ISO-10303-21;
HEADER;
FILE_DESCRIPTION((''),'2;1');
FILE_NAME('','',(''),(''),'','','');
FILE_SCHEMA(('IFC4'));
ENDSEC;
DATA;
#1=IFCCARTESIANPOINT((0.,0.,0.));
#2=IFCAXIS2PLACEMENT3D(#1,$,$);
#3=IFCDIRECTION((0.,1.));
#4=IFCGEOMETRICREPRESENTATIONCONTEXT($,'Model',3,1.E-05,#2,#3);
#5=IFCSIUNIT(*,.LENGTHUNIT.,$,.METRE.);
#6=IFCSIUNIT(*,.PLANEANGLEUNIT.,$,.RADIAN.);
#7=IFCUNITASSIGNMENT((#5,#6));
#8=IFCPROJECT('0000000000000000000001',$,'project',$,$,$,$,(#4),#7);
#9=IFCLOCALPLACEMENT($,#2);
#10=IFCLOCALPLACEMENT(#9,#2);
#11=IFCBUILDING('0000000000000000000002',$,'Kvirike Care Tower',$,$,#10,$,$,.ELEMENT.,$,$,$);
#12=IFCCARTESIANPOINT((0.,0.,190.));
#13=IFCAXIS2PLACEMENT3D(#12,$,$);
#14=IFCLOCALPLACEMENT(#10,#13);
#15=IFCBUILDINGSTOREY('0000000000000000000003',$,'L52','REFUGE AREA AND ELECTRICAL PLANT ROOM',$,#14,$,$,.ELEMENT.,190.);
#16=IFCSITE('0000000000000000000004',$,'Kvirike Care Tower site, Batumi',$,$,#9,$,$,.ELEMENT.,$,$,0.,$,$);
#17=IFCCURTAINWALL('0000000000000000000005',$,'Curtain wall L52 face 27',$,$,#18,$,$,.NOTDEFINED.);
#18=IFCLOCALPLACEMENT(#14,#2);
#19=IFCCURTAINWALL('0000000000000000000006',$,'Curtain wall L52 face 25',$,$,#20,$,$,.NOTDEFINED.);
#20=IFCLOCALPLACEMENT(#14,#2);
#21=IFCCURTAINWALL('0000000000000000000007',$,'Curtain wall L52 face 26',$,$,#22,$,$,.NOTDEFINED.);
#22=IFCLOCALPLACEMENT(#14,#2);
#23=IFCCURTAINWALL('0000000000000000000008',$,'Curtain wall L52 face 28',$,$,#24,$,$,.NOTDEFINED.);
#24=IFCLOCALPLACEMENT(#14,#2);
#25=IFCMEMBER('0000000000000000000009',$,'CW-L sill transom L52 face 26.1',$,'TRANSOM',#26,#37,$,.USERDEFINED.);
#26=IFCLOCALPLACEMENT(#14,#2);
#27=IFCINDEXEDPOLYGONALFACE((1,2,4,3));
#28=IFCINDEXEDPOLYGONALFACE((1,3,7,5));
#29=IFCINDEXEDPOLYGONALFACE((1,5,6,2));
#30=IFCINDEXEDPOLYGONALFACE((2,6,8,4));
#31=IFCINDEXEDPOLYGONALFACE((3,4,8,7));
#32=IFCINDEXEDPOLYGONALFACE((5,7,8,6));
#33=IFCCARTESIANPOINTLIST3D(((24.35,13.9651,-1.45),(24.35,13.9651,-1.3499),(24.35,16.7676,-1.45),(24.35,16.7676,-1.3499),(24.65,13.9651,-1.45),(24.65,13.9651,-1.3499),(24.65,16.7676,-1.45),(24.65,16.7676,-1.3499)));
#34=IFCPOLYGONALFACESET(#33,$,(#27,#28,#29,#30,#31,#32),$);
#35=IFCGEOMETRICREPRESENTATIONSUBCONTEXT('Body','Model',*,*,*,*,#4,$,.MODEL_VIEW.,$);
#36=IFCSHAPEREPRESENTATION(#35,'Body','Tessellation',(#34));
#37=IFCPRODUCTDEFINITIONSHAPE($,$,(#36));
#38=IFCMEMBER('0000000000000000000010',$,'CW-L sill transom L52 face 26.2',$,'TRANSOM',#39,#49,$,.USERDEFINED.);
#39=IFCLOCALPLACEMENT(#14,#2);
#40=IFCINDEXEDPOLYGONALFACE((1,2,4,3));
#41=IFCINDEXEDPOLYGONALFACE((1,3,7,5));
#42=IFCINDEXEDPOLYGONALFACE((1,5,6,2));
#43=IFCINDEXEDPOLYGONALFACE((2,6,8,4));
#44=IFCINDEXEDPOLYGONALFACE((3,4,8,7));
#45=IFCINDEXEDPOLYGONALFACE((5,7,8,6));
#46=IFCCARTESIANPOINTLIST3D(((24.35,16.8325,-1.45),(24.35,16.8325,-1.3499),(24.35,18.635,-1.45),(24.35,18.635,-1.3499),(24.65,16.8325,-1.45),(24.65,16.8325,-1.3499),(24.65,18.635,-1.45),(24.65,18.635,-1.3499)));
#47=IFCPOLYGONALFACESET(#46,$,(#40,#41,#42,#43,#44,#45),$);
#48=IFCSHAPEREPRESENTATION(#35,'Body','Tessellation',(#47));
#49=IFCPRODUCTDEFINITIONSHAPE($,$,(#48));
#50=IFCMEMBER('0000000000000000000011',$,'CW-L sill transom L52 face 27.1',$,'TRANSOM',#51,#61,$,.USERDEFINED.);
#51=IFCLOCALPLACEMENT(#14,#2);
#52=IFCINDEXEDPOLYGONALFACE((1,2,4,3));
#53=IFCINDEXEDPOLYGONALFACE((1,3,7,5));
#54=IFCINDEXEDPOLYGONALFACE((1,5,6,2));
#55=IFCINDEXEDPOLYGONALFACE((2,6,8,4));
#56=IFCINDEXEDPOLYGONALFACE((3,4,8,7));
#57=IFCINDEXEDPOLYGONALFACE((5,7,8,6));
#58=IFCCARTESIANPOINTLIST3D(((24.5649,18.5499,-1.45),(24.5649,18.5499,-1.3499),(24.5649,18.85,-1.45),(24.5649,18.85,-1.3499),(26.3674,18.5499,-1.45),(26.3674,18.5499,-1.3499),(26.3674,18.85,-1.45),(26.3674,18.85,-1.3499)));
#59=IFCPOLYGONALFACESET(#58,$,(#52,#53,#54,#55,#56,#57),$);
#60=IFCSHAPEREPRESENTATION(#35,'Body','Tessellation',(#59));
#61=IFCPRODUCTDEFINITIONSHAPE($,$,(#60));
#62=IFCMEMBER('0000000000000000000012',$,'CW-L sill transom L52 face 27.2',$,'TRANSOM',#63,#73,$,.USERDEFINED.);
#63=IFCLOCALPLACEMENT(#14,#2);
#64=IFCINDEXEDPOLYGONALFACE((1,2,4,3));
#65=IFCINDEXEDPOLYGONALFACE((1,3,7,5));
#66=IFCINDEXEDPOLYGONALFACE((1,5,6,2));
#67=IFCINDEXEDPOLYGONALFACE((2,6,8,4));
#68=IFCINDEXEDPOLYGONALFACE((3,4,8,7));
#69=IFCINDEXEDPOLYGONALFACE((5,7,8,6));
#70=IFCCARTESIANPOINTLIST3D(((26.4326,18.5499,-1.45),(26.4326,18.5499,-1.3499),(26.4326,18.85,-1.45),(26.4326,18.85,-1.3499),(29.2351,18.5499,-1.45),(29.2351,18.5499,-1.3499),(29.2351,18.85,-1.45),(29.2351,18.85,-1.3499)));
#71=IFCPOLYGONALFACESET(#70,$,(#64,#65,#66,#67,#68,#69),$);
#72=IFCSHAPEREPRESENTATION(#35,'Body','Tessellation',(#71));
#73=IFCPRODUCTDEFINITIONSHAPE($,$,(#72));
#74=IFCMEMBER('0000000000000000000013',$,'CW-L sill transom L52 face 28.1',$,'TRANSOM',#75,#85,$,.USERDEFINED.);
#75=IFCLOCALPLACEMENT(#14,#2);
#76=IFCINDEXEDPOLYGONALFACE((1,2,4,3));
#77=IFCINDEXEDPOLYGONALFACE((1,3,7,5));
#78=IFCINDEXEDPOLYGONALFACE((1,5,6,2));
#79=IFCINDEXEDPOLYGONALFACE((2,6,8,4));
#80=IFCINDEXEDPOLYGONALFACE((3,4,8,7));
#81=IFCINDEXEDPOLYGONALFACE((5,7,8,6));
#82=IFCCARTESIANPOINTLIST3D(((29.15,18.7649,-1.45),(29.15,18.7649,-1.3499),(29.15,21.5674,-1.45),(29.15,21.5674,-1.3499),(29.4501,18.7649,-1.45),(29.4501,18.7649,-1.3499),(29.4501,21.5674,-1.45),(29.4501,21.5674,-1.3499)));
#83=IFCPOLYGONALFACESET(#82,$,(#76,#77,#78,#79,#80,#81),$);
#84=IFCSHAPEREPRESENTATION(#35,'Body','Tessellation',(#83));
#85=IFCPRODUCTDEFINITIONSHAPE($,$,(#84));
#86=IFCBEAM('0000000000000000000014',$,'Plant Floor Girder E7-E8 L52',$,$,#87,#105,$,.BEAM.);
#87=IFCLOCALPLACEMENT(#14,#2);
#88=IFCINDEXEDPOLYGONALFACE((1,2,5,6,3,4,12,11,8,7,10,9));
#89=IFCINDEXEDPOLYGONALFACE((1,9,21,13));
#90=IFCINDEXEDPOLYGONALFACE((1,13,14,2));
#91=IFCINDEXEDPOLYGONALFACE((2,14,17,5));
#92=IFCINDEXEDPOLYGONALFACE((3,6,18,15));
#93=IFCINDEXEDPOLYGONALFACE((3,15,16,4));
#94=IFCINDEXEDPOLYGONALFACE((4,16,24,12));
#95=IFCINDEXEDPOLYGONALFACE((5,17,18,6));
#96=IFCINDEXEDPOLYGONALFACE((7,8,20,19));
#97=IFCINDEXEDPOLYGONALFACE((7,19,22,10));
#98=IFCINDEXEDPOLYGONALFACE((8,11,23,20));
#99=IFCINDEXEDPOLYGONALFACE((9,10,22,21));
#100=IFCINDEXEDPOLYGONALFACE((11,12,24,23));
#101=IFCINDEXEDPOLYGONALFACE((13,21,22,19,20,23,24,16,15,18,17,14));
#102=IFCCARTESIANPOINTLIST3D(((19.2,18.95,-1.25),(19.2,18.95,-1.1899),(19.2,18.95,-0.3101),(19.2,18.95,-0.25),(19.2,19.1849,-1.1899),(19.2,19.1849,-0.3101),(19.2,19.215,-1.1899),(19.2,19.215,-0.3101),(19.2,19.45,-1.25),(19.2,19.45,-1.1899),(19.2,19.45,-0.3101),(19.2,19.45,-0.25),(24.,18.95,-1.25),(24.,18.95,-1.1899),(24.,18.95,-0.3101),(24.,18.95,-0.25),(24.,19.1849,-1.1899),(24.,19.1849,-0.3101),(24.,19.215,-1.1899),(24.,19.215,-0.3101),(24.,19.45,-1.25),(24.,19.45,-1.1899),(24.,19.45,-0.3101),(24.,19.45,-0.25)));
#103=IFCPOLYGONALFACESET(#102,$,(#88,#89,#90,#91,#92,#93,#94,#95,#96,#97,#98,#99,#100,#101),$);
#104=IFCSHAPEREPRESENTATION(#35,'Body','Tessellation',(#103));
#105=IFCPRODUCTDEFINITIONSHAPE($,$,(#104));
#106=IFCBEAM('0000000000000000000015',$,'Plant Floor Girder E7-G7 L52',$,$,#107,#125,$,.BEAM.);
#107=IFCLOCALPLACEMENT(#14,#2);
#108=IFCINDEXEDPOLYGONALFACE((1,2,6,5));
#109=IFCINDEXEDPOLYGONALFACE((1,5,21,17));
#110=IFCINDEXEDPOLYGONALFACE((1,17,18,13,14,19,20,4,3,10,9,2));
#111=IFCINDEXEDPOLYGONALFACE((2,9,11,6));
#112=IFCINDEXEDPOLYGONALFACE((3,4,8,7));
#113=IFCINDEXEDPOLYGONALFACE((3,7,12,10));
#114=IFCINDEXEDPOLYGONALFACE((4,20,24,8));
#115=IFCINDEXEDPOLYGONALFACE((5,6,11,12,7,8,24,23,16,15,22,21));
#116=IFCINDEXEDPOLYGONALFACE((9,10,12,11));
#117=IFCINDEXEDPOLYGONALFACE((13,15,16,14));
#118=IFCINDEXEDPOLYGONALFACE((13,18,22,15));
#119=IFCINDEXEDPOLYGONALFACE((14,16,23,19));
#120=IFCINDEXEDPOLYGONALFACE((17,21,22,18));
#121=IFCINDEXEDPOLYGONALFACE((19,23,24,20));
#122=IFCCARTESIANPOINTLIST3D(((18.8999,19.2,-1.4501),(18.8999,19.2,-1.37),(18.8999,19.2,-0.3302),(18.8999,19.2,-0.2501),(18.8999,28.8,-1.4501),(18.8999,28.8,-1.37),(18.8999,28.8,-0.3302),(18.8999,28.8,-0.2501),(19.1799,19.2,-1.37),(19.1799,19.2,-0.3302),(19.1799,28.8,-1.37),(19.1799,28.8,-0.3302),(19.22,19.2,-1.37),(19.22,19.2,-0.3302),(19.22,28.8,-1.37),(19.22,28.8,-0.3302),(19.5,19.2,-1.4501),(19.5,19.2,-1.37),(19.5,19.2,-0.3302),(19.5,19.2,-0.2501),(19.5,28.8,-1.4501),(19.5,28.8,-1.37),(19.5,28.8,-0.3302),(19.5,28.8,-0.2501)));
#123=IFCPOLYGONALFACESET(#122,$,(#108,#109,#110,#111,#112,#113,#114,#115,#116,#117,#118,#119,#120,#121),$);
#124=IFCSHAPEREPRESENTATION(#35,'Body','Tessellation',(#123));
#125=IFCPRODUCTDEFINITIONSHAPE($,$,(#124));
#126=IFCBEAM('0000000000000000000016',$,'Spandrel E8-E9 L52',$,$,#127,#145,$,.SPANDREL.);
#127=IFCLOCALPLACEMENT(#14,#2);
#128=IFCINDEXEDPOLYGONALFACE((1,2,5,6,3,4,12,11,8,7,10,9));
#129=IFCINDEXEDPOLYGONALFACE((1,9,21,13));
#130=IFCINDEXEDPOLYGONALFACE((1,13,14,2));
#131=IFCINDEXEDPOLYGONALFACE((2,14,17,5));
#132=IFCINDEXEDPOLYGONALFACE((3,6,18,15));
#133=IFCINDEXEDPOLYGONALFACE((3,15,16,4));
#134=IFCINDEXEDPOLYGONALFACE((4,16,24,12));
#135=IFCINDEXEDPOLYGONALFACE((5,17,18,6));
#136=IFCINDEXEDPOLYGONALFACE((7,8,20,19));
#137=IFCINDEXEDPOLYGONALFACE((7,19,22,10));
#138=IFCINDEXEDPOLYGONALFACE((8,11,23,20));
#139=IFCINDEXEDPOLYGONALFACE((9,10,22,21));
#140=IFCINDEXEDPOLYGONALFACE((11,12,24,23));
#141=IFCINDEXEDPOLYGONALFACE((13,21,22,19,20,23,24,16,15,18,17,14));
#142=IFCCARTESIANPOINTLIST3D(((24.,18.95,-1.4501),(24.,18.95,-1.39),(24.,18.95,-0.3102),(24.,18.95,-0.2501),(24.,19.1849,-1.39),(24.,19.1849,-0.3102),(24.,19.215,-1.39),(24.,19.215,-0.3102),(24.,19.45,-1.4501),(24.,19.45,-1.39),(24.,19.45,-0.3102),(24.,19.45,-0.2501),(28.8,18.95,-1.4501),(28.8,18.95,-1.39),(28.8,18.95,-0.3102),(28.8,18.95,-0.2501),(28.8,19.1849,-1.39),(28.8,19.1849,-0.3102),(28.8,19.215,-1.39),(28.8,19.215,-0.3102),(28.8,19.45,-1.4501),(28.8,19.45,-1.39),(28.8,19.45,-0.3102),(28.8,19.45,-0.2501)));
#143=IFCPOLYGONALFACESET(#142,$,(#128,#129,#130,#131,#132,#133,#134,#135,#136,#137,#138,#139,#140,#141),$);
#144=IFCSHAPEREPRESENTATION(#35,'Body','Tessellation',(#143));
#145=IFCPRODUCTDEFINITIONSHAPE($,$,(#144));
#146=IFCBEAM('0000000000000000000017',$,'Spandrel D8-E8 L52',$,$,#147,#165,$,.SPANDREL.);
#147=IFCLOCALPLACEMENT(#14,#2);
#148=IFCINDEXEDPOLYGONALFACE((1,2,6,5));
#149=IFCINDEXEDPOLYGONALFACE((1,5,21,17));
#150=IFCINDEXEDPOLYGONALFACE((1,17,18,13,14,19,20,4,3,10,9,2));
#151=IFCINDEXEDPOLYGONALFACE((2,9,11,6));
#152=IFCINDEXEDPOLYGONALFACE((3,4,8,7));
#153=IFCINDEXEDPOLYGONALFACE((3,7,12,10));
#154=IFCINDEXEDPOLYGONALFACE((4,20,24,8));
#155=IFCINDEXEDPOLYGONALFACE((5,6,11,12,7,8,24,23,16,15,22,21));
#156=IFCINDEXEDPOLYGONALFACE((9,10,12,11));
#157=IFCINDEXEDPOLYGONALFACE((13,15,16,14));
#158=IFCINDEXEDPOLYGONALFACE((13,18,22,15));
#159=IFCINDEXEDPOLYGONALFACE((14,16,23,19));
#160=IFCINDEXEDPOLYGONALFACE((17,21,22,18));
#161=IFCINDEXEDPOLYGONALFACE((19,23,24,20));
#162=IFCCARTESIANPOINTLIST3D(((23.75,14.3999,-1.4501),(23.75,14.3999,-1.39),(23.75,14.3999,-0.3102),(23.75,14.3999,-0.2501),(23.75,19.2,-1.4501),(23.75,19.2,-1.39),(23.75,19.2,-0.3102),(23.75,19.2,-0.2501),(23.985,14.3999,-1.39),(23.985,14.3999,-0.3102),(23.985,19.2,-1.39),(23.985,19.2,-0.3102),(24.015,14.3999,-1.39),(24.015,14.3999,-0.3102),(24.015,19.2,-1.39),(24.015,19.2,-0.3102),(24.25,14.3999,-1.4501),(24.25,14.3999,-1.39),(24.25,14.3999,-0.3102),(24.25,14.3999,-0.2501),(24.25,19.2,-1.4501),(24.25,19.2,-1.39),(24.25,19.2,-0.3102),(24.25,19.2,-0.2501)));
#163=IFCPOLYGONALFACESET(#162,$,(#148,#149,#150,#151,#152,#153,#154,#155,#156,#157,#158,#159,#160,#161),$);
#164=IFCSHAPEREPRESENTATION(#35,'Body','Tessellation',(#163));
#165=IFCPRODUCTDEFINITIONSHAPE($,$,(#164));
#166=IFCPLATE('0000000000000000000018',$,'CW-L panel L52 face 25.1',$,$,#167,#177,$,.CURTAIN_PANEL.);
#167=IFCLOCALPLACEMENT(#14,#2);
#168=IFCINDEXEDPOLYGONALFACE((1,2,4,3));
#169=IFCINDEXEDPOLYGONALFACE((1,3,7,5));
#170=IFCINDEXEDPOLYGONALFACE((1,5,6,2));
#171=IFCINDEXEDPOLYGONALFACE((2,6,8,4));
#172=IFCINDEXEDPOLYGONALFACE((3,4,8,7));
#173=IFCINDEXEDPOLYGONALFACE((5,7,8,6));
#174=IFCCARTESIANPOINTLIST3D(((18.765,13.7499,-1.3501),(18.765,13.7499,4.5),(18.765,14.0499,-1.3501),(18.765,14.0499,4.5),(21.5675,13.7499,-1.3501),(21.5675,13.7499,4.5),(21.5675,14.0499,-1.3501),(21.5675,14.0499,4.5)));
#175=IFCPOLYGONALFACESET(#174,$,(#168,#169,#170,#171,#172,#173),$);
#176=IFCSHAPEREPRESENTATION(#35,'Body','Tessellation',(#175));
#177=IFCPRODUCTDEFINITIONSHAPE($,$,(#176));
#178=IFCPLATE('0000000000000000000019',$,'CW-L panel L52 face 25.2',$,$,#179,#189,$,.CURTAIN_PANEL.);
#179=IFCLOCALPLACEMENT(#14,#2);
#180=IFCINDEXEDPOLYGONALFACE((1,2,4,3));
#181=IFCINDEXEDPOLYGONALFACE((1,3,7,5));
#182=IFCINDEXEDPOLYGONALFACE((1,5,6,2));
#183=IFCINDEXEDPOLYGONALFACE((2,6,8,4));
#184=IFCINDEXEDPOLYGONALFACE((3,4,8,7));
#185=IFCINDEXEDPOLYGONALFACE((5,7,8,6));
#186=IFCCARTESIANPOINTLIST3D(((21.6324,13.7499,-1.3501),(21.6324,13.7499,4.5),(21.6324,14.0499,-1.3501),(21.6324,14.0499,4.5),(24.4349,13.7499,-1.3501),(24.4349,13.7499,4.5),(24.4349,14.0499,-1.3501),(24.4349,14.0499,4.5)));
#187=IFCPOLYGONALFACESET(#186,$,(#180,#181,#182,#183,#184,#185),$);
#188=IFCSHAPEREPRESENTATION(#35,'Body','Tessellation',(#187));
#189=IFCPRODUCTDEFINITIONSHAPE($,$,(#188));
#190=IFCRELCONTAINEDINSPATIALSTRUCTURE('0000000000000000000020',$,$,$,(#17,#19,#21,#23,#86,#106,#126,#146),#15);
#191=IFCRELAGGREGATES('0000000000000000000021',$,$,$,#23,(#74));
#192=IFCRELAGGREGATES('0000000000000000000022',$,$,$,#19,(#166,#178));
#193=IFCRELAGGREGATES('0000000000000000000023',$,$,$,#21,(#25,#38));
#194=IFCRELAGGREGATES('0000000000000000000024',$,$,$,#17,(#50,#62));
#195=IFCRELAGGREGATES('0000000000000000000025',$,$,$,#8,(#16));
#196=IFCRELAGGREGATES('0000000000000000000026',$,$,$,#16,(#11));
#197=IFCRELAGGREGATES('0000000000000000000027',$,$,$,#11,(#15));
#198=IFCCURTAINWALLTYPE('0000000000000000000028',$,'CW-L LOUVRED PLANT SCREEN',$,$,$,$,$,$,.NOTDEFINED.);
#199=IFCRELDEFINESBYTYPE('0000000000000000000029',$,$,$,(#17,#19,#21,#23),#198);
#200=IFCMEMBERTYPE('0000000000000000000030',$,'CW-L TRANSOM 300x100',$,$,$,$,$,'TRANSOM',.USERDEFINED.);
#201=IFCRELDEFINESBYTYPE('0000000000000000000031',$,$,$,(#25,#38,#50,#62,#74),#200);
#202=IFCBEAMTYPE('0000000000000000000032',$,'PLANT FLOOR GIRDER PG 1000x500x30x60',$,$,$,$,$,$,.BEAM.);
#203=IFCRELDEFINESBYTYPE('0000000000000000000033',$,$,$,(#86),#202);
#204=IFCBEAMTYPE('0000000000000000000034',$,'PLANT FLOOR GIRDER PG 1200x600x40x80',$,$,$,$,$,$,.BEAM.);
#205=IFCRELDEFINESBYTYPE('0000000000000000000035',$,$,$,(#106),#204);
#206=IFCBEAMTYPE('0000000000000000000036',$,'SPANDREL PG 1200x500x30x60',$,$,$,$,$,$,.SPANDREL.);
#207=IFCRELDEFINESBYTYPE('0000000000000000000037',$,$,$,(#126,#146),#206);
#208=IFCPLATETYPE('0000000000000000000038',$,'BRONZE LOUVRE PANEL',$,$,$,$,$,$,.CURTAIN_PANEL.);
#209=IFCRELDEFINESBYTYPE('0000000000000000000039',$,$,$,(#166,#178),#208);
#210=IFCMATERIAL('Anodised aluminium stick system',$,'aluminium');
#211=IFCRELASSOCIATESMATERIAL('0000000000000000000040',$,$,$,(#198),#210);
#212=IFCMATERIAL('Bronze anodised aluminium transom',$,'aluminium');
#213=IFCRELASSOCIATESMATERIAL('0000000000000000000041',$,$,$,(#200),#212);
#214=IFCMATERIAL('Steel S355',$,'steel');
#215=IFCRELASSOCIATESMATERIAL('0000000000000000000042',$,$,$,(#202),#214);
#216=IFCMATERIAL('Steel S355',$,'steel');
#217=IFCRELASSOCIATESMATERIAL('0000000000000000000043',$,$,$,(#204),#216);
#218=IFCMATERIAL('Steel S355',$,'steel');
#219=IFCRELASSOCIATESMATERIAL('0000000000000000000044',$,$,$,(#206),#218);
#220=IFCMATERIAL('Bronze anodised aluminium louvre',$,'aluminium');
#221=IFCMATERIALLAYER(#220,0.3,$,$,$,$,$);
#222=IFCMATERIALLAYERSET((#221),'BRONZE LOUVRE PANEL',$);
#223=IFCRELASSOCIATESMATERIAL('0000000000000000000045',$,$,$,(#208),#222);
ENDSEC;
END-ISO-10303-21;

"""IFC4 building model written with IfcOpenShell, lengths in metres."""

from ifc_helpers import new_model, si_unit, direction, frame, origin, origin_2d, place, context, subcontext, project, spatial, rectangle, i_section, extrude, material, layer, layer_set, material_profile, profile_set, type_object, element, aggregate, save


model = new_model("IFC4")

# Units and contexts
model_context = context("Model", 3, precision=1e-05, world=origin(), true_north=direction((0.0, 1.0)))
body_context = subcontext(model_context, "Body", "Model", "MODEL_VIEW")
ifc_project = project(units=[si_unit("LENGTHUNIT", "METRE"), si_unit("PLANEANGLEUNIT", "RADIAN")], contexts=[model_context])

# Site, building, storey
site_placement = place(None, origin())
site = spatial("IfcSite", under=ifc_project, at=site_placement, Name="Kvirike Care Tower site, Batumi", CompositionType="ELEMENT", RefElevation=0.0)
building_placement = place(site_placement, origin())
building = spatial("IfcBuilding", under=site, at=building_placement, Name="Kvirike Care Tower", CompositionType="ELEMENT")
storey_placement = place(building_placement, frame((0.0, 0.0, 190.0)))
storey = spatial("IfcBuildingStorey", under=building, at=storey_placement, Name="L52", Description="REFUGE AREA AND ELECTRICAL PLANT ROOM", CompositionType="ELEMENT", Elevation=190.0)

# Curtain wall
ifc_material_1 = material(Name="Anodised aluminium stick system", Category="aluminium")
curtain_wall_type = type_object("IfcCurtainWallType", Name="CW-L LOUVRED PLANT SCREEN", PredefinedType="NOTDEFINED", material=ifc_material_1)
curtain_wall_1_placement = place(storey_placement, origin())
curtain_wall_1 = element("IfcCurtainWall", 1, at=curtain_wall_1_placement, inside=storey, type_object=curtain_wall_type, Name="Curtain wall L52 face 27", PredefinedType="NOTDEFINED")

# Curtain walls
curtain_wall_2_placement = place(storey_placement, origin())
curtain_wall_2 = element("IfcCurtainWall", 2, at=curtain_wall_2_placement, inside=storey, type_object=curtain_wall_type, Name="Curtain wall L52 face 25", PredefinedType="NOTDEFINED")
curtain_wall_3_placement = place(storey_placement, origin())
curtain_wall_3 = element("IfcCurtainWall", 3, at=curtain_wall_3_placement, inside=storey, type_object=curtain_wall_type, Name="Curtain wall L52 face 26", PredefinedType="NOTDEFINED")

# Curtain wall
curtain_wall_4_placement = place(storey_placement, origin())
curtain_wall_4 = element("IfcCurtainWall", 4, at=curtain_wall_4_placement, inside=storey, type_object=curtain_wall_type, Name="Curtain wall L52 face 28", PredefinedType="NOTDEFINED")

# Members
ifc_material_2 = material(Name="Bronze anodised aluminium transom", Category="aluminium")
ifc_material_profile_1 = material_profile(ifc_material_2, rectangle(XDim=0.3, YDim=0.1001, at=origin_2d()), Name="CW-L TRANSOM 300x100")
ifc_profile_set_1 = profile_set([ifc_material_profile_1], Name="Bronze anodised aluminium transom")
member_type_1 = type_object("IfcMemberType", Name="CW-L TRANSOM 300x100", ElementType="TRANSOM", PredefinedType="USERDEFINED", material=ifc_profile_set_1)
member_1_placement = place(storey_placement, frame((24.5, 13.9651, -1.3999), z_axis=(0.0, 1.0, 0.0), x_axis=(-1.0, 0.0, 0.0)))
member_1 = element("IfcMember", 5, at=member_1_placement, type_object=member_type_1, Name="CW-L sill transom L52 face 26.1", ObjectType="TRANSOM", PredefinedType="USERDEFINED", context=body_context, shape_type="SweptSolid", body=[
    extrude(rectangle(XDim=0.3, YDim=0.1001, at=origin_2d()), origin(), (0.0, 0.0, 1.0), 2.8025),
])
member_2_placement = place(storey_placement, frame((24.5, 16.8325, -1.3999), z_axis=(0.0, 1.0, 0.0), x_axis=(-1.0, 0.0, 0.0)))
member_2 = element("IfcMember", 6, at=member_2_placement, type_object=member_type_1, Name="CW-L sill transom L52 face 26.2", ObjectType="TRANSOM", PredefinedType="USERDEFINED", context=body_context, shape_type="SweptSolid", body=[
    extrude(rectangle(XDim=0.3, YDim=0.1001, at=origin_2d()), origin(), (0.0, 0.0, 1.0), 1.8025),
])
member_3_placement = place(storey_placement, frame((24.5649, 18.7, -1.3999), z_axis=(1.0, 0.0, 0.0), x_axis=(0.0, 1.0, 0.0)))
member_3 = element("IfcMember", 7, at=member_3_placement, type_object=member_type_1, Name="CW-L sill transom L52 face 27.1", ObjectType="TRANSOM", PredefinedType="USERDEFINED", context=body_context, shape_type="SweptSolid", body=[
    extrude(rectangle(XDim=0.3, YDim=0.1001, at=origin_2d()), origin(), (0.0, 0.0, 1.0), 1.8025),
])
member_4_placement = place(storey_placement, frame((26.4326, 18.7, -1.3999), z_axis=(1.0, 0.0, 0.0), x_axis=(0.0, 1.0, 0.0)))
member_4 = element("IfcMember", 8, at=member_4_placement, type_object=member_type_1, Name="CW-L sill transom L52 face 27.2", ObjectType="TRANSOM", PredefinedType="USERDEFINED", context=body_context, shape_type="SweptSolid", body=[
    extrude(rectangle(XDim=0.3, YDim=0.1001, at=origin_2d()), origin(), (0.0, 0.0, 1.0), 2.8025),
])
member_5_placement = place(storey_placement, frame((29.3, 18.7649, -1.3999), z_axis=(0.0, 1.0, 0.0), x_axis=(-1.0, 0.0, 0.0)))
member_5 = element("IfcMember", 9, at=member_5_placement, type_object=member_type_1, Name="CW-L sill transom L52 face 28.1", ObjectType="TRANSOM", PredefinedType="USERDEFINED", context=body_context, shape_type="SweptSolid", body=[
    extrude(rectangle(XDim=0.3, YDim=0.1001, at=origin_2d()), origin(), (0.0, 0.0, 1.0), 2.8025),
])
aggregate(curtain_wall_4, [member_5])

# Beams
ifc_material_3 = material(Name="Steel S355", Category="steel")
ifc_material_profile_2 = material_profile(ifc_material_3, i_section(OverallWidth=0.5, OverallDepth=1.0, WebThickness=0.03, FlangeThickness=0.0601, at=origin_2d()), Name="PG 1000x500x30x60")
ifc_profile_set_2 = profile_set([ifc_material_profile_2], Name="Steel S355")
beam_type_1 = type_object("IfcBeamType", Name="PLANT FLOOR GIRDER PG 1000x500x30x60", PredefinedType="BEAM", material=ifc_profile_set_2)
beam_1_placement = place(storey_placement, frame((19.2, 19.2, -0.75), z_axis=(1.0, 0.0, 0.0), x_axis=(0.0, 1.0, 0.0)))
element("IfcBeam", 10, at=beam_1_placement, inside=storey, type_object=beam_type_1, Name="Plant Floor Girder E7-E8 L52", PredefinedType="BEAM", context=body_context, shape_type="SweptSolid", body=[
    extrude(i_section(OverallWidth=0.5, OverallDepth=1.0, WebThickness=0.03, FlangeThickness=0.0601, at=origin_2d()), origin(), (0.0, 0.0, 1.0), 4.8),
])
ifc_material_4 = material(Name="Steel S355", Category="steel")
ifc_material_profile_3 = material_profile(ifc_material_4, i_section(OverallWidth=0.6001, OverallDepth=1.2, WebThickness=0.04, FlangeThickness=0.0801, at=origin_2d()), Name="PG 1200x600x40x80")
ifc_profile_set_3 = profile_set([ifc_material_profile_3], Name="Steel S355")
beam_type_2 = type_object("IfcBeamType", Name="PLANT FLOOR GIRDER PG 1200x600x40x80", PredefinedType="BEAM", material=ifc_profile_set_3)
beam_2_placement = place(storey_placement, frame((19.2, 19.2, -0.8501), z_axis=(0.0, 1.0, 0.0), x_axis=(-1.0, 0.0, 0.0)))
element("IfcBeam", 11, at=beam_2_placement, inside=storey, type_object=beam_type_2, Name="Plant Floor Girder E7-G7 L52", PredefinedType="BEAM", context=body_context, shape_type="SweptSolid", body=[
    extrude(i_section(OverallWidth=0.6001, OverallDepth=1.2, WebThickness=0.04, FlangeThickness=0.0801, at=origin_2d()), origin(), (0.0, 0.0, 1.0), 9.6001),
])
ifc_material_5 = material(Name="Steel S355", Category="steel")
ifc_material_profile_4 = material_profile(ifc_material_5, i_section(OverallWidth=0.5, OverallDepth=1.2, WebThickness=0.03, FlangeThickness=0.0601, at=origin_2d()), Name="PG 1200x500x30x60")
ifc_profile_set_4 = profile_set([ifc_material_profile_4], Name="Steel S355")
beam_type_3 = type_object("IfcBeamType", Name="SPANDREL PG 1200x500x30x60", PredefinedType="SPANDREL", material=ifc_profile_set_4)
for number, where, z_axis, x_axis, name in (
    (12, (24.0, 19.2, -0.8501), (1.0, 0.0, 0.0), (0.0, 1.0, 0.0), "Spandrel E8-E9 L52"),
    (13, (24.0, 14.3999, -0.8501), (0.0, 1.0, 0.0), (-1.0, 0.0, 0.0), "Spandrel D8-E8 L52"),
):
    element("IfcBeam", number, at=place(storey_placement, frame(where, z_axis=z_axis, x_axis=x_axis)), inside=storey, type_object=beam_type_3, Name=name, PredefinedType="SPANDREL", context=body_context, shape_type="SweptSolid", body=[
        extrude(i_section(OverallWidth=0.5, OverallDepth=1.2, WebThickness=0.03, FlangeThickness=0.0601, at=origin_2d()), origin(), (0.0, 0.0, 1.0), 4.8),
    ])

# Plates
ifc_material_6 = material(Name="Bronze anodised aluminium louvre", Category="aluminium")
ifc_layer = layer(ifc_material_6, 0.3)
ifc_layer_set = layer_set([ifc_layer], Name="BRONZE LOUVRE PANEL")
plate_type = type_object("IfcPlateType", Name="BRONZE LOUVRE PANEL", PredefinedType="CURTAIN_PANEL", material=ifc_layer_set)
plate_1_placement = place(storey_placement, frame((20.1663, 13.8999, -1.3501), z_axis=(0.0, 0.0, 1.0), x_axis=(1.0, 0.0, 0.0)))
plate_1 = element("IfcPlate", 14, at=plate_1_placement, type_object=plate_type, Name="CW-L panel L52 face 25.1", PredefinedType="CURTAIN_PANEL", context=body_context, shape_type="SweptSolid", body=[
    extrude(rectangle(XDim=2.8025, YDim=0.3, at=origin_2d()), origin(), (0.0, 0.0, 1.0), 5.8501),
])
plate_2_placement = place(storey_placement, frame((23.0337, 13.8999, -1.3501), z_axis=(0.0, 0.0, 1.0), x_axis=(1.0, 0.0, 0.0)))
plate_2 = element("IfcPlate", 15, at=plate_2_placement, type_object=plate_type, Name="CW-L panel L52 face 25.2", PredefinedType="CURTAIN_PANEL", context=body_context, shape_type="SweptSolid", body=[
    extrude(rectangle(XDim=2.8025, YDim=0.3, at=origin_2d()), origin(), (0.0, 0.0, 1.0), 5.8501),
])
aggregate(curtain_wall_2, [plate_1, plate_2])
aggregate(curtain_wall_3, [member_1, member_2])
aggregate(curtain_wall_1, [member_3, member_4])

save(model, "model.ifc")
